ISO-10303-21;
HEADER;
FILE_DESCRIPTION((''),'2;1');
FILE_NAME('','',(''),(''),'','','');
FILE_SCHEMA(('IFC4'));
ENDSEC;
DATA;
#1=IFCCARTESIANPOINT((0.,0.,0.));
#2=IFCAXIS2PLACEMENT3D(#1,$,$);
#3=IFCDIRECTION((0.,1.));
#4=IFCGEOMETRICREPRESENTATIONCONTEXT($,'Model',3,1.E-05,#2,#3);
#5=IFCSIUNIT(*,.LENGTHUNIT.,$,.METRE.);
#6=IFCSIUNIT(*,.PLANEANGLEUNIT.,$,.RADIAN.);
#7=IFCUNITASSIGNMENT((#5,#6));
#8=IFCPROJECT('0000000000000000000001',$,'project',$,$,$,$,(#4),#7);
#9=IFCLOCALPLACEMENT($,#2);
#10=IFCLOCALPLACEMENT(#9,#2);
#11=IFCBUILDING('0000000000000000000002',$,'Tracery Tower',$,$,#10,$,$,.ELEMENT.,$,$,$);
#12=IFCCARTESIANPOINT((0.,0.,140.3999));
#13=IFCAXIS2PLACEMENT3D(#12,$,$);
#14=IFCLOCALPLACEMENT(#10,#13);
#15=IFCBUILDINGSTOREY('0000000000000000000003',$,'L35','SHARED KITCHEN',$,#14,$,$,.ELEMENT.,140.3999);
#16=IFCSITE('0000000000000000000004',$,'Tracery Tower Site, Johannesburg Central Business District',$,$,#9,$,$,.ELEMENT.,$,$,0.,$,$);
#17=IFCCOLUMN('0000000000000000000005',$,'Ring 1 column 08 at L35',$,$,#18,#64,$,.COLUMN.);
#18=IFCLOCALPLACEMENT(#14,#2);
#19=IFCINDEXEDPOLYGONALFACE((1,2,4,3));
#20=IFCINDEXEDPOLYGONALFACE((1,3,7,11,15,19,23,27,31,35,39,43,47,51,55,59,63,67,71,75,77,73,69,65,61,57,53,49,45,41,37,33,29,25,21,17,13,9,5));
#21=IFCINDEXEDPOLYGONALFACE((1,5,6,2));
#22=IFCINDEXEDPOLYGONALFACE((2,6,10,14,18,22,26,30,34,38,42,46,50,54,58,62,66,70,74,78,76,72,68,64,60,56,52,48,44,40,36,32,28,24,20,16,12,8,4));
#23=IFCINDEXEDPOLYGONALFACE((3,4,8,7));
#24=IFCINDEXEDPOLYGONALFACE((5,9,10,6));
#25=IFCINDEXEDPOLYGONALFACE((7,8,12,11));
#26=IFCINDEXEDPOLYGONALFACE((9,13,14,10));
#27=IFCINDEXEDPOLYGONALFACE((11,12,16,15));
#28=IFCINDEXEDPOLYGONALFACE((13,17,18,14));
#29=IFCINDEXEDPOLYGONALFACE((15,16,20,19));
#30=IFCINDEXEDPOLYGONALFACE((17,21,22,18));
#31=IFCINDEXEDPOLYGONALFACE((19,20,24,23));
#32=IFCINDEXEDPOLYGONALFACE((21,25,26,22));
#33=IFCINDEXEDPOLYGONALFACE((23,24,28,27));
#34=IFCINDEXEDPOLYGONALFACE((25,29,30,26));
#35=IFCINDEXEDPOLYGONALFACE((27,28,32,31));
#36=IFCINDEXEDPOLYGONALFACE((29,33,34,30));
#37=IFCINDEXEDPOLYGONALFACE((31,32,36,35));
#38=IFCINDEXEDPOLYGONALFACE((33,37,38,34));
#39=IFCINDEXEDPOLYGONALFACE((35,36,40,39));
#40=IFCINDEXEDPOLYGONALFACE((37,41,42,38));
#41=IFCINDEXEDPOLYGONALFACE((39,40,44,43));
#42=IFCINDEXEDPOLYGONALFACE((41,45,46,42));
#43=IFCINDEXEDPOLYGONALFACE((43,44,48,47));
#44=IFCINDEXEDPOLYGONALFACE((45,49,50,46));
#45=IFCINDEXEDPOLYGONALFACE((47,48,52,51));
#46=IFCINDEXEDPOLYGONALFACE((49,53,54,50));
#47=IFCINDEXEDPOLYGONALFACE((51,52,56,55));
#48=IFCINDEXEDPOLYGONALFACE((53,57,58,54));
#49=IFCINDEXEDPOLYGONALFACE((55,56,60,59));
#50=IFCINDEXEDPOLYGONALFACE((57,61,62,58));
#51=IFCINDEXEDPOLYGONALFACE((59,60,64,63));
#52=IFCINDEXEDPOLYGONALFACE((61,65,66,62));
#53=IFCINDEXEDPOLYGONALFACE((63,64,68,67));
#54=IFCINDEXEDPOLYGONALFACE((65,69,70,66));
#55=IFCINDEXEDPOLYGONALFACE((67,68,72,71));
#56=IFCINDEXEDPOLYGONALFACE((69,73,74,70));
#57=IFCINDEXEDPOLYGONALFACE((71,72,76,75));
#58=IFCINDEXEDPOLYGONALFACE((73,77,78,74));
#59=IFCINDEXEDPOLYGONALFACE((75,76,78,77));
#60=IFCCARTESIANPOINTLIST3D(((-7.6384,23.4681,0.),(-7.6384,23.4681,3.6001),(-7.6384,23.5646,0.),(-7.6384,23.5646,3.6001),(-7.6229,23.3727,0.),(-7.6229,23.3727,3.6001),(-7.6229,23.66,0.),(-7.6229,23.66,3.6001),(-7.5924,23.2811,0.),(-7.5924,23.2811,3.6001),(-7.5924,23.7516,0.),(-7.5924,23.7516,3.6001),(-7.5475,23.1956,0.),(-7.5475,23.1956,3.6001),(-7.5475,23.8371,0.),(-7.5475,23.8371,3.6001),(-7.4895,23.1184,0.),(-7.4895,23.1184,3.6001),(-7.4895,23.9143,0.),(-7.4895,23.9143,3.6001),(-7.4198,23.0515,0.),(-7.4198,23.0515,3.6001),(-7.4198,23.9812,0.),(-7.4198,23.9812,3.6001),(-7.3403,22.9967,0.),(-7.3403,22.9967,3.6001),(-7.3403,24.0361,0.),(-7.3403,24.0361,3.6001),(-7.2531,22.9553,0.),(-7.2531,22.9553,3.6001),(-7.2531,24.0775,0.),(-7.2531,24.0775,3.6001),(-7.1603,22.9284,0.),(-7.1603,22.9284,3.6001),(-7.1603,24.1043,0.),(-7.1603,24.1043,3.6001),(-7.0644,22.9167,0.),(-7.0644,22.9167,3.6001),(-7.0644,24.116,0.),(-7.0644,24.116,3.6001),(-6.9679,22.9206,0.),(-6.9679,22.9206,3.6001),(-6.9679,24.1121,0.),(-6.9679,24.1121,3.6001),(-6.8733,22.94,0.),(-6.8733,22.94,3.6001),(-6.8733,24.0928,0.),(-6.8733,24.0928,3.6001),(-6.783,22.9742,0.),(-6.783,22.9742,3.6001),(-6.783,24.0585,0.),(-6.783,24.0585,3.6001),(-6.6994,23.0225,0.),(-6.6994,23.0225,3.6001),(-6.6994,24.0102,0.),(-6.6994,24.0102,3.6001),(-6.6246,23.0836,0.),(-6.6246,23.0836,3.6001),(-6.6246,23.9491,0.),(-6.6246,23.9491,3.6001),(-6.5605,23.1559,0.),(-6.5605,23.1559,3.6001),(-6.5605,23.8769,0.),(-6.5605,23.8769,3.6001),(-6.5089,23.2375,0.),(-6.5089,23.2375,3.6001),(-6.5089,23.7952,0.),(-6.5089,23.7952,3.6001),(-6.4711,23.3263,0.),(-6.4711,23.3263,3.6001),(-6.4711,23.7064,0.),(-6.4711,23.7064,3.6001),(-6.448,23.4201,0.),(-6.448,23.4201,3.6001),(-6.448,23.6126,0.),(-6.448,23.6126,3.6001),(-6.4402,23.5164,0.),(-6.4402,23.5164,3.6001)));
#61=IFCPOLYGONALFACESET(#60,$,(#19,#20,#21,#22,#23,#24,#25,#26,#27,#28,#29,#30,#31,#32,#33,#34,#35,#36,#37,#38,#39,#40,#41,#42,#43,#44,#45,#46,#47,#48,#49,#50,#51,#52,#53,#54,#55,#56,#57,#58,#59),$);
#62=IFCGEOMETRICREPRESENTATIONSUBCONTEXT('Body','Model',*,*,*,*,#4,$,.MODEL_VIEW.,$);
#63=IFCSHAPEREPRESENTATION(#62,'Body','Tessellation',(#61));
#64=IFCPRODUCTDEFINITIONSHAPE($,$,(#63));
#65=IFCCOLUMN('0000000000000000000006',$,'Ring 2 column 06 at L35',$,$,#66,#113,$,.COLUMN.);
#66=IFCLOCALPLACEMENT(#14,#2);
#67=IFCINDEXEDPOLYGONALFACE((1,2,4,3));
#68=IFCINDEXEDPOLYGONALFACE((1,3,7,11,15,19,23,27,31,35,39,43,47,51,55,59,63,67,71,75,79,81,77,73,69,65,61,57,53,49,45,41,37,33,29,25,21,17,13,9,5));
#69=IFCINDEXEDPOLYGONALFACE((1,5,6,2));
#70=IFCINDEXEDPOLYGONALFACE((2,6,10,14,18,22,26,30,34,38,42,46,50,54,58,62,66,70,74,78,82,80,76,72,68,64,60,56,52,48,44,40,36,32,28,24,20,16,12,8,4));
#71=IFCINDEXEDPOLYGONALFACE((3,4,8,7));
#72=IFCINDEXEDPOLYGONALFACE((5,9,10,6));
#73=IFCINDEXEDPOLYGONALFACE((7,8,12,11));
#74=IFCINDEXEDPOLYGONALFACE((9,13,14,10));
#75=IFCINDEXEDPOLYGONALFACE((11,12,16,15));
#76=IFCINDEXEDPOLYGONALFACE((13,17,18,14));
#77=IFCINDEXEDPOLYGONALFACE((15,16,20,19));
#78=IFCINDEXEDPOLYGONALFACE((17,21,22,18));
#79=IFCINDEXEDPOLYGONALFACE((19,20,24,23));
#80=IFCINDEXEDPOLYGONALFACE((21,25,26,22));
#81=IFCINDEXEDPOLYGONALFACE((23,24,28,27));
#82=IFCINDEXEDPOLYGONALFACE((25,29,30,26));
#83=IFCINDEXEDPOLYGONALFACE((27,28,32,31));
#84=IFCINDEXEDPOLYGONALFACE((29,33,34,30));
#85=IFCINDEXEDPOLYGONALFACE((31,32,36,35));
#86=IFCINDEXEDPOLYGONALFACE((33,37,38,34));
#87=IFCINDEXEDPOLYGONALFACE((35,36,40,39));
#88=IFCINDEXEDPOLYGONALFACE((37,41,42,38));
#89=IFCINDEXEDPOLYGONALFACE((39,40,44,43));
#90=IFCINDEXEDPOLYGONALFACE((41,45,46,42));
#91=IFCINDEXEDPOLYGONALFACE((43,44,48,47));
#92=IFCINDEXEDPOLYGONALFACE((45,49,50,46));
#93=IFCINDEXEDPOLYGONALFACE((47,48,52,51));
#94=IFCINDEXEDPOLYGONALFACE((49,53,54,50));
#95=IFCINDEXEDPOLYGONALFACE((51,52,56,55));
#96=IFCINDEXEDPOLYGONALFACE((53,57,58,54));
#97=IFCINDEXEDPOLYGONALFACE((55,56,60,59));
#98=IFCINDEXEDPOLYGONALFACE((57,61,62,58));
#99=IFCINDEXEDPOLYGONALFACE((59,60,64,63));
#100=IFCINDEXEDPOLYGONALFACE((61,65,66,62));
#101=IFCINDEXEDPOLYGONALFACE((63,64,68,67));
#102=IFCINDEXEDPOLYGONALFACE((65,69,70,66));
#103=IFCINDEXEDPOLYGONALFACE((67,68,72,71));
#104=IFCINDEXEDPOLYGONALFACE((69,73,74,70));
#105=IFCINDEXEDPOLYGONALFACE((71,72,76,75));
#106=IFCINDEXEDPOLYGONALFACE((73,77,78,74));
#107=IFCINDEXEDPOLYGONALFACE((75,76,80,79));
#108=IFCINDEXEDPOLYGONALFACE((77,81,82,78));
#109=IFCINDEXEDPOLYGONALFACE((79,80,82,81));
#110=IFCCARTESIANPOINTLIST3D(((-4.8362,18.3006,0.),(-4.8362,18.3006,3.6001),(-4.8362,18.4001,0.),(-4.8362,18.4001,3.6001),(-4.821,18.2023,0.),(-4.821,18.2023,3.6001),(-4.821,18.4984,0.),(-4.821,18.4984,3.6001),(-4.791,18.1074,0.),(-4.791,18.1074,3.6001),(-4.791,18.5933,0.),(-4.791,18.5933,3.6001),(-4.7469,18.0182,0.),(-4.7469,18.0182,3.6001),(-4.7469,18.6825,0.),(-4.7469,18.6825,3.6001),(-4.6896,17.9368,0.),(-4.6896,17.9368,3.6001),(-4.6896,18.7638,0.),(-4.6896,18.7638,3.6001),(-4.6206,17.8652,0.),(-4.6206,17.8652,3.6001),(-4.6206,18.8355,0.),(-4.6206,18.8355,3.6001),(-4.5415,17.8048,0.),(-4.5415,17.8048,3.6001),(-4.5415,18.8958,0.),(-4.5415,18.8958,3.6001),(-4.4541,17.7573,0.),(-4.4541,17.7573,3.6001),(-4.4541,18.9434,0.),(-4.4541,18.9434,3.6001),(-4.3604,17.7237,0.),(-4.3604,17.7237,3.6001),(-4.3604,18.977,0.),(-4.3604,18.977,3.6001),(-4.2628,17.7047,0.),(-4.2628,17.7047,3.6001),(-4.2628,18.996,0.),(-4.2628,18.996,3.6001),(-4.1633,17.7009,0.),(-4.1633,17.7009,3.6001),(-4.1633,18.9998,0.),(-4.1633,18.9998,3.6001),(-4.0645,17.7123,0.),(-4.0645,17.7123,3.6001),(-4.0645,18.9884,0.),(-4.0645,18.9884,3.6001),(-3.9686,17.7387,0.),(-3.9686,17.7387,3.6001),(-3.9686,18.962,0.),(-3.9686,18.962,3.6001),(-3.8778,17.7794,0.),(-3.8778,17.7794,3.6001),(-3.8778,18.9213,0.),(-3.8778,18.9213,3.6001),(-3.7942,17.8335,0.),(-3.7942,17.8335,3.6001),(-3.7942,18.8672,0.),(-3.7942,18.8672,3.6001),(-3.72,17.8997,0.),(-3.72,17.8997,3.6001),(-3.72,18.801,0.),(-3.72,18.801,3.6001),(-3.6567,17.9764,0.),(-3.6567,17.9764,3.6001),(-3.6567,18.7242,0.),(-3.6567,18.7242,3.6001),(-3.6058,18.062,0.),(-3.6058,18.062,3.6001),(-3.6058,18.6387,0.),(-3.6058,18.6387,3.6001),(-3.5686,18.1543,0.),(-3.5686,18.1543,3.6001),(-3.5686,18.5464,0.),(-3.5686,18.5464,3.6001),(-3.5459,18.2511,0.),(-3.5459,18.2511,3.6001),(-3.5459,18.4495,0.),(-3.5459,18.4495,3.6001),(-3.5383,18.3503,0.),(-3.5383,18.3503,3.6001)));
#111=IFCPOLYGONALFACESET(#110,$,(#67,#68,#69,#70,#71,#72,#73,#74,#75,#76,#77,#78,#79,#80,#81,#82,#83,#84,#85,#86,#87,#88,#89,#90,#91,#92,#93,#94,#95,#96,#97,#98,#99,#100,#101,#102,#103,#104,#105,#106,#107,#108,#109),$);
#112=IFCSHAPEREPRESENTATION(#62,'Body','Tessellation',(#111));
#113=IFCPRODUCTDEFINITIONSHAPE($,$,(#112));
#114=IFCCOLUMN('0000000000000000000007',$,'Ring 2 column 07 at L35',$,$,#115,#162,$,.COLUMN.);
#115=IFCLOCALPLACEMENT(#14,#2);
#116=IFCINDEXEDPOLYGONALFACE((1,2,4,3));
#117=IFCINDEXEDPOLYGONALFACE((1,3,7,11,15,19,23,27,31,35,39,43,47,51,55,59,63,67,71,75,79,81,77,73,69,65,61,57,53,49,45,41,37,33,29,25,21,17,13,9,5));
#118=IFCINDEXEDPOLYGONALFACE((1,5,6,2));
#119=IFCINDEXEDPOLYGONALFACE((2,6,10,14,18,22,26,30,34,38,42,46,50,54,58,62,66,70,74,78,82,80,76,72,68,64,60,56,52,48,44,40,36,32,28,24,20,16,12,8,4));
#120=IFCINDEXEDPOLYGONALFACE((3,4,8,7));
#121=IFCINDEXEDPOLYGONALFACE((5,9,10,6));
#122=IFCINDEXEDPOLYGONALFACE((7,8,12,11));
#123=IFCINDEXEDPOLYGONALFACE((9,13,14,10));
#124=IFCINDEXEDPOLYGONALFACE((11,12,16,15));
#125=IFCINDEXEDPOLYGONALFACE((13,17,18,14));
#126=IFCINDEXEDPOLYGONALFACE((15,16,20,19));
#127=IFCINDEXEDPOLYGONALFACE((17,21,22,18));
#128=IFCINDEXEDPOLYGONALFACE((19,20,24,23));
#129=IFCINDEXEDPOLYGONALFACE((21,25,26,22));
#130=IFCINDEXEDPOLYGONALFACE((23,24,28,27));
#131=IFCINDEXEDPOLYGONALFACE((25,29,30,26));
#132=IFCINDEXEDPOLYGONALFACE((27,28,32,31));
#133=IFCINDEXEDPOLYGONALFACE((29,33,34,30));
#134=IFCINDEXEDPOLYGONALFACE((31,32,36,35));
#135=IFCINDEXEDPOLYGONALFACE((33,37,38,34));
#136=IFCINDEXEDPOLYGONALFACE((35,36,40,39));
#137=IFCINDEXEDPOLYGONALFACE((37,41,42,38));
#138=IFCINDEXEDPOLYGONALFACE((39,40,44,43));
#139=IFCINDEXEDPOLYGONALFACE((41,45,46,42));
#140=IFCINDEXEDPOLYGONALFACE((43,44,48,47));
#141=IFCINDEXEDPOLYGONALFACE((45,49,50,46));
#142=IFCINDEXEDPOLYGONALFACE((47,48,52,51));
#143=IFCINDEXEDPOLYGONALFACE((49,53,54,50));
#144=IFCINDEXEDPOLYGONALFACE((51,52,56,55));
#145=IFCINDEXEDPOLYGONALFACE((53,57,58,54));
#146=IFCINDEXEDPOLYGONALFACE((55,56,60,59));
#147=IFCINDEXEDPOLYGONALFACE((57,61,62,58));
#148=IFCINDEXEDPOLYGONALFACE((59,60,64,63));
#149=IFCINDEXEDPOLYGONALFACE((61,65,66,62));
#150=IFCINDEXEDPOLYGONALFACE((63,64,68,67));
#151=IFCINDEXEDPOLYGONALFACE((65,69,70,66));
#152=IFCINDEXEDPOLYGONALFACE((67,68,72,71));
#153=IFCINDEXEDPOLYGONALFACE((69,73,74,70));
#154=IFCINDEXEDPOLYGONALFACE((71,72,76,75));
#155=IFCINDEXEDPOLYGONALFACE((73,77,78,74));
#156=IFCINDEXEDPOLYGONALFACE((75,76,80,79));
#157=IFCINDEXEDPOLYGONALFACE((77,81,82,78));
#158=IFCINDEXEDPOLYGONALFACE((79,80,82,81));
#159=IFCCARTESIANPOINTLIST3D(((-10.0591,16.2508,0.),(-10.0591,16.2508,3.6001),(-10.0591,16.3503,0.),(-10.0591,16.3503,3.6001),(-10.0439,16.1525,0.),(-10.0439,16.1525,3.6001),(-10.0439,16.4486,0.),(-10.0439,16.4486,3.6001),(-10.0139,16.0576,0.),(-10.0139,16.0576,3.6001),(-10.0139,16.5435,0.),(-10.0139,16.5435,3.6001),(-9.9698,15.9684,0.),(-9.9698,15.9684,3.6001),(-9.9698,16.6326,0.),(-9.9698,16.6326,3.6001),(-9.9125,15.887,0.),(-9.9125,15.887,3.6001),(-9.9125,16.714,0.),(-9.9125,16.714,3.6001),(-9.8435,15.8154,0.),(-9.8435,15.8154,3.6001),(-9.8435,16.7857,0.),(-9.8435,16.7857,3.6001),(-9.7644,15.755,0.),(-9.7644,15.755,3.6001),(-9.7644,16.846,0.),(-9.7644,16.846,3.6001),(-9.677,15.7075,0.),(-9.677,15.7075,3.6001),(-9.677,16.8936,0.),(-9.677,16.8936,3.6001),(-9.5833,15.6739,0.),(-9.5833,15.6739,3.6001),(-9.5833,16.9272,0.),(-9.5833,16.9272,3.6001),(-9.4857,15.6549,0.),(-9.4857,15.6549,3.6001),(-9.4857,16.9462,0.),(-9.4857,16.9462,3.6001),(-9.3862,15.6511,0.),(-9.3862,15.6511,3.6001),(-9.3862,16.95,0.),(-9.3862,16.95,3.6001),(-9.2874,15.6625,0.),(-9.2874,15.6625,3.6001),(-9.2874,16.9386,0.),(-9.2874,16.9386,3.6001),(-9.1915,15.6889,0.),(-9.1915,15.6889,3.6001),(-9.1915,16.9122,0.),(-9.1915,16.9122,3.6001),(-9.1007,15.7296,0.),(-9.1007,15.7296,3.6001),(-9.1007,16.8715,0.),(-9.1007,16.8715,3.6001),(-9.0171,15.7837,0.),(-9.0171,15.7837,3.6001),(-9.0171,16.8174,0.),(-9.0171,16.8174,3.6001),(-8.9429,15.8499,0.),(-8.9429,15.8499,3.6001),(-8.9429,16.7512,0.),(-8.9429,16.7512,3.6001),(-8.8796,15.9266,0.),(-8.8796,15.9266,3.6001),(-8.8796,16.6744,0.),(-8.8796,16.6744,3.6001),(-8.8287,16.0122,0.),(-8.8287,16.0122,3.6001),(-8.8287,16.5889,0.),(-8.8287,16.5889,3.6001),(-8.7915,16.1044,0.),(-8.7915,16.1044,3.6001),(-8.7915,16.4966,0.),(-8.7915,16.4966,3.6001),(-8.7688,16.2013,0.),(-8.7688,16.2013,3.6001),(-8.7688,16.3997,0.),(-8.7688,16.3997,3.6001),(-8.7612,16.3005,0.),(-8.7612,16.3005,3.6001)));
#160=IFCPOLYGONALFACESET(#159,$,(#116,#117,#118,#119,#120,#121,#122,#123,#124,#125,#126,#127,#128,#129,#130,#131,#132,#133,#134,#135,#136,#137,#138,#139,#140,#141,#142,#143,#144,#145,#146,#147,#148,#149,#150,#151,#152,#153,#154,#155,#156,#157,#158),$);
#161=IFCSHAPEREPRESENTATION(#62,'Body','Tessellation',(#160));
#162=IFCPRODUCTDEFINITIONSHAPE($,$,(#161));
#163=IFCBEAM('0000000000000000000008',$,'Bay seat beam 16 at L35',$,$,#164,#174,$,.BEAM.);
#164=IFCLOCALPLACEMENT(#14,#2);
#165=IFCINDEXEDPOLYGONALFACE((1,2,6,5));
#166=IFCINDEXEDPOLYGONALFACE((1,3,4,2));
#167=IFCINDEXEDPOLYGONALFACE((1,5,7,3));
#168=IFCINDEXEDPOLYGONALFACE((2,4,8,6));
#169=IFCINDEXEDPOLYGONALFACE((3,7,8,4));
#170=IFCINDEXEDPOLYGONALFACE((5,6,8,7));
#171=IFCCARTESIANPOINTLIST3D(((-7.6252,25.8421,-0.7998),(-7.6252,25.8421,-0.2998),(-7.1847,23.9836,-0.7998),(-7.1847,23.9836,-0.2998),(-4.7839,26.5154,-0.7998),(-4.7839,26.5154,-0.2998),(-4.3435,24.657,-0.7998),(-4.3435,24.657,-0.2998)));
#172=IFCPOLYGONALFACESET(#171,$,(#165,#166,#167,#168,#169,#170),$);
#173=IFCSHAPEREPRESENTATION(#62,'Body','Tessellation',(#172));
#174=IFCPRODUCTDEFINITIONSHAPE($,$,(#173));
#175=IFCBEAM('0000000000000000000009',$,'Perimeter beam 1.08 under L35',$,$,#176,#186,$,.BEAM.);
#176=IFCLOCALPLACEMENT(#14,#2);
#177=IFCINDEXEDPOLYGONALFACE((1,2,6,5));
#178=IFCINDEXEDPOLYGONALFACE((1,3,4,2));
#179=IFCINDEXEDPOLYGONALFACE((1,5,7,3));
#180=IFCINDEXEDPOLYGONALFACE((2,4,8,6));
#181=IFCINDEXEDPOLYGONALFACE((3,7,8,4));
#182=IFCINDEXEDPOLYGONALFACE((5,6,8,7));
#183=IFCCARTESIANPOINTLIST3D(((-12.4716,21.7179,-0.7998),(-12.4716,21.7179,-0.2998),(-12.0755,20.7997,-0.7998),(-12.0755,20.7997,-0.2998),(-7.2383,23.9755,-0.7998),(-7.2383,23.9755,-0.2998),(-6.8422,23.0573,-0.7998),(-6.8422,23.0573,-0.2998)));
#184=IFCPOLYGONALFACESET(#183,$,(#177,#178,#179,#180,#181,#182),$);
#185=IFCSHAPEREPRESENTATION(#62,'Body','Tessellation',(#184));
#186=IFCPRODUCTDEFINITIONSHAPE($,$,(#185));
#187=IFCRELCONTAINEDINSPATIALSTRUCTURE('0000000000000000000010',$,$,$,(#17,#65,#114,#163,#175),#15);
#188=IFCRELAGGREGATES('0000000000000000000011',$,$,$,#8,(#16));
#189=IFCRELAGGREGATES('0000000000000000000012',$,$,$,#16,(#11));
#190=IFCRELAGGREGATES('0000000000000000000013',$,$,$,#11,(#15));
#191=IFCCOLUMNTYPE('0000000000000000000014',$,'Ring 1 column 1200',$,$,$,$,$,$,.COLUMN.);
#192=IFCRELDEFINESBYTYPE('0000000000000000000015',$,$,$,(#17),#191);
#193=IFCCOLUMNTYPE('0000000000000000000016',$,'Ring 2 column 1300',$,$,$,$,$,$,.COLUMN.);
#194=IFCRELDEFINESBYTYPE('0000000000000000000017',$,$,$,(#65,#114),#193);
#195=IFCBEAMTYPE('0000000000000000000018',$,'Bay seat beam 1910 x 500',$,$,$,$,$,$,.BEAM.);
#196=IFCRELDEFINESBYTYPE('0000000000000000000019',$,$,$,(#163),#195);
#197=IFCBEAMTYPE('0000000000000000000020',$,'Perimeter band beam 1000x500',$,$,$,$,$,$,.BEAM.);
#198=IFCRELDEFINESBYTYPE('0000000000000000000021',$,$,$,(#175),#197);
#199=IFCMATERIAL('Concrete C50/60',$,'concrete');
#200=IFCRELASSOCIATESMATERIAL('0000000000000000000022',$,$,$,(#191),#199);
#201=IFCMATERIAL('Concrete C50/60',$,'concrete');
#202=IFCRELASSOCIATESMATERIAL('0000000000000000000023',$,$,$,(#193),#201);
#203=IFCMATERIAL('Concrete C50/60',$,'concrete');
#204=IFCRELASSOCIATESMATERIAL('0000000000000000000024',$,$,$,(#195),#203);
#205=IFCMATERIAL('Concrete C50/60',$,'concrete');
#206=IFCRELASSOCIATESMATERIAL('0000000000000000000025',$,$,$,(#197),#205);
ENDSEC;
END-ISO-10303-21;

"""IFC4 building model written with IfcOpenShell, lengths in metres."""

from ifc_helpers import new_model, si_unit, direction, frame, origin, origin_2d, place, context, subcontext, project, spatial, rectangle, circle, extrude, material, material_profile, profile_set, type_object, element, save


model = new_model("IFC4")

# Units and contexts
model_context = context("Model", 3, precision=1e-05, world=origin(), true_north=direction((0.0, 1.0)))
body_context = subcontext(model_context, "Body", "Model", "MODEL_VIEW")
ifc_project = project(units=[si_unit("LENGTHUNIT", "METRE"), si_unit("PLANEANGLEUNIT", "RADIAN")], contexts=[model_context])

# Site, building, storey
site_placement = place(None, origin())
site = spatial("IfcSite", under=ifc_project, at=site_placement, Name="Tracery Tower Site, Johannesburg Central Business District", CompositionType="ELEMENT", RefElevation=0.0)
building_placement = place(site_placement, origin())
building = spatial("IfcBuilding", under=site, at=building_placement, Name="Tracery Tower", CompositionType="ELEMENT")
storey_placement = place(building_placement, frame((0.0, 0.0, 140.3999)))
storey = spatial("IfcBuildingStorey", under=building, at=storey_placement, Name="L35", Description="SHARED KITCHEN", CompositionType="ELEMENT", Elevation=140.3999)

# Columns
ifc_material_1 = material(Name="Concrete C50/60", Category="concrete")
ifc_material_profile_1 = material_profile(ifc_material_1, circle(Radius=0.6001, at=origin_2d()), Name="RC D1200")
ifc_profile_set_1 = profile_set([ifc_material_profile_1], Name="Concrete C50/60")
column_type_1 = type_object("IfcColumnType", Name="Ring 1 column 1200", PredefinedType="COLUMN", material=ifc_profile_set_1)
column_placement = place(storey_placement, frame((-7.0403, 23.5164, 0.0), z_axis=(0.0, 0.0, 1.0), x_axis=(1.0, 0.0, 0.0)))
element("IfcColumn", 1, at=column_placement, inside=storey, type_object=column_type_1, Name="Ring 1 column 08 at L35", PredefinedType="COLUMN", context=body_context, shape_type="SweptSolid", body=[
    extrude(circle(Radius=0.6001, at=origin_2d()), origin(), (0.0, 0.0, 1.0), 3.6001),
])
ifc_material_2 = material(Name="Concrete C50/60", Category="concrete")
ifc_material_profile_2 = material_profile(ifc_material_2, circle(Radius=0.6499, at=origin_2d()), Name="RC D1300")
ifc_profile_set_2 = profile_set([ifc_material_profile_2], Name="Concrete C50/60")
column_type_2 = type_object("IfcColumnType", Name="Ring 2 column 1300", PredefinedType="COLUMN", material=ifc_profile_set_2)
for number, where, z_axis, x_axis, name in (
    (2, (-4.1882, 18.3503, 0.0), (0.0, 0.0, 1.0), (1.0, 0.0, 0.0), "Ring 2 column 06 at L35"),
    (3, (-9.4111, 16.3005, 0.0), (0.0, 0.0, 1.0), (1.0, 0.0, 0.0), "Ring 2 column 07 at L35"),
):
    element("IfcColumn", number, at=place(storey_placement, frame(where, z_axis=z_axis, x_axis=x_axis)), inside=storey, type_object=column_type_2, Name=name, PredefinedType="COLUMN", context=body_context, shape_type="SweptSolid", body=[
        extrude(circle(Radius=0.6499, at=origin_2d()), origin(), (0.0, 0.0, 1.0), 3.6001),
    ])

# Beams
ifc_material_3 = material(Name="Concrete C50/60", Category="concrete")
ifc_material_profile_3 = material_profile(ifc_material_3, rectangle(XDim=1.9099, YDim=0.5, at=origin_2d()), Name="RC 1910x500")
ifc_profile_set_3 = profile_set([ifc_material_profile_3], Name="Concrete C50/60")
beam_type_1 = type_object("IfcBeamType", Name="Bay seat beam 1910 x 500", PredefinedType="BEAM", material=ifc_profile_set_3)
beam_1_placement = place(storey_placement, frame((-4.5637, 25.5862, -0.5498), z_axis=(-0.97305, -0.230596, 0.0), x_axis=(0.230596, -0.97305, 0.0)))
element("IfcBeam", 4, at=beam_1_placement, inside=storey, type_object=beam_type_1, Name="Bay seat beam 16 at L35", PredefinedType="BEAM", context=body_context, shape_type="SweptSolid", body=[
    extrude(rectangle(XDim=1.9099, YDim=0.5, at=origin_2d()), origin(), (0.0, 0.0, 1.0), 2.9199),
])
ifc_material_4 = material(Name="Concrete C50/60", Category="concrete")
ifc_material_profile_4 = material_profile(ifc_material_4, rectangle(XDim=1.0, YDim=0.5, at=origin_2d()), Name="RC 1000x500")
ifc_profile_set_4 = profile_set([ifc_material_profile_4], Name="Concrete C50/60")
beam_type_2 = type_object("IfcBeamType", Name="Perimeter band beam 1000x500", PredefinedType="BEAM", material=ifc_profile_set_4)
beam_2_placement = place(storey_placement, frame((-7.0403, 23.5164, -0.5498), z_axis=(-0.91821, -0.396095, 0.0), x_axis=(0.396095, -0.91821, 0.0)))
element("IfcBeam", 5, at=beam_2_placement, inside=storey, type_object=beam_type_2, Name="Perimeter beam 1.08 under L35", PredefinedType="BEAM", context=body_context, shape_type="SweptSolid", body=[
    extrude(rectangle(XDim=1.0, YDim=0.5, at=origin_2d()), origin(), (0.0, 0.0, 1.0), 5.6995),
])

save(model, "model.ifc")
